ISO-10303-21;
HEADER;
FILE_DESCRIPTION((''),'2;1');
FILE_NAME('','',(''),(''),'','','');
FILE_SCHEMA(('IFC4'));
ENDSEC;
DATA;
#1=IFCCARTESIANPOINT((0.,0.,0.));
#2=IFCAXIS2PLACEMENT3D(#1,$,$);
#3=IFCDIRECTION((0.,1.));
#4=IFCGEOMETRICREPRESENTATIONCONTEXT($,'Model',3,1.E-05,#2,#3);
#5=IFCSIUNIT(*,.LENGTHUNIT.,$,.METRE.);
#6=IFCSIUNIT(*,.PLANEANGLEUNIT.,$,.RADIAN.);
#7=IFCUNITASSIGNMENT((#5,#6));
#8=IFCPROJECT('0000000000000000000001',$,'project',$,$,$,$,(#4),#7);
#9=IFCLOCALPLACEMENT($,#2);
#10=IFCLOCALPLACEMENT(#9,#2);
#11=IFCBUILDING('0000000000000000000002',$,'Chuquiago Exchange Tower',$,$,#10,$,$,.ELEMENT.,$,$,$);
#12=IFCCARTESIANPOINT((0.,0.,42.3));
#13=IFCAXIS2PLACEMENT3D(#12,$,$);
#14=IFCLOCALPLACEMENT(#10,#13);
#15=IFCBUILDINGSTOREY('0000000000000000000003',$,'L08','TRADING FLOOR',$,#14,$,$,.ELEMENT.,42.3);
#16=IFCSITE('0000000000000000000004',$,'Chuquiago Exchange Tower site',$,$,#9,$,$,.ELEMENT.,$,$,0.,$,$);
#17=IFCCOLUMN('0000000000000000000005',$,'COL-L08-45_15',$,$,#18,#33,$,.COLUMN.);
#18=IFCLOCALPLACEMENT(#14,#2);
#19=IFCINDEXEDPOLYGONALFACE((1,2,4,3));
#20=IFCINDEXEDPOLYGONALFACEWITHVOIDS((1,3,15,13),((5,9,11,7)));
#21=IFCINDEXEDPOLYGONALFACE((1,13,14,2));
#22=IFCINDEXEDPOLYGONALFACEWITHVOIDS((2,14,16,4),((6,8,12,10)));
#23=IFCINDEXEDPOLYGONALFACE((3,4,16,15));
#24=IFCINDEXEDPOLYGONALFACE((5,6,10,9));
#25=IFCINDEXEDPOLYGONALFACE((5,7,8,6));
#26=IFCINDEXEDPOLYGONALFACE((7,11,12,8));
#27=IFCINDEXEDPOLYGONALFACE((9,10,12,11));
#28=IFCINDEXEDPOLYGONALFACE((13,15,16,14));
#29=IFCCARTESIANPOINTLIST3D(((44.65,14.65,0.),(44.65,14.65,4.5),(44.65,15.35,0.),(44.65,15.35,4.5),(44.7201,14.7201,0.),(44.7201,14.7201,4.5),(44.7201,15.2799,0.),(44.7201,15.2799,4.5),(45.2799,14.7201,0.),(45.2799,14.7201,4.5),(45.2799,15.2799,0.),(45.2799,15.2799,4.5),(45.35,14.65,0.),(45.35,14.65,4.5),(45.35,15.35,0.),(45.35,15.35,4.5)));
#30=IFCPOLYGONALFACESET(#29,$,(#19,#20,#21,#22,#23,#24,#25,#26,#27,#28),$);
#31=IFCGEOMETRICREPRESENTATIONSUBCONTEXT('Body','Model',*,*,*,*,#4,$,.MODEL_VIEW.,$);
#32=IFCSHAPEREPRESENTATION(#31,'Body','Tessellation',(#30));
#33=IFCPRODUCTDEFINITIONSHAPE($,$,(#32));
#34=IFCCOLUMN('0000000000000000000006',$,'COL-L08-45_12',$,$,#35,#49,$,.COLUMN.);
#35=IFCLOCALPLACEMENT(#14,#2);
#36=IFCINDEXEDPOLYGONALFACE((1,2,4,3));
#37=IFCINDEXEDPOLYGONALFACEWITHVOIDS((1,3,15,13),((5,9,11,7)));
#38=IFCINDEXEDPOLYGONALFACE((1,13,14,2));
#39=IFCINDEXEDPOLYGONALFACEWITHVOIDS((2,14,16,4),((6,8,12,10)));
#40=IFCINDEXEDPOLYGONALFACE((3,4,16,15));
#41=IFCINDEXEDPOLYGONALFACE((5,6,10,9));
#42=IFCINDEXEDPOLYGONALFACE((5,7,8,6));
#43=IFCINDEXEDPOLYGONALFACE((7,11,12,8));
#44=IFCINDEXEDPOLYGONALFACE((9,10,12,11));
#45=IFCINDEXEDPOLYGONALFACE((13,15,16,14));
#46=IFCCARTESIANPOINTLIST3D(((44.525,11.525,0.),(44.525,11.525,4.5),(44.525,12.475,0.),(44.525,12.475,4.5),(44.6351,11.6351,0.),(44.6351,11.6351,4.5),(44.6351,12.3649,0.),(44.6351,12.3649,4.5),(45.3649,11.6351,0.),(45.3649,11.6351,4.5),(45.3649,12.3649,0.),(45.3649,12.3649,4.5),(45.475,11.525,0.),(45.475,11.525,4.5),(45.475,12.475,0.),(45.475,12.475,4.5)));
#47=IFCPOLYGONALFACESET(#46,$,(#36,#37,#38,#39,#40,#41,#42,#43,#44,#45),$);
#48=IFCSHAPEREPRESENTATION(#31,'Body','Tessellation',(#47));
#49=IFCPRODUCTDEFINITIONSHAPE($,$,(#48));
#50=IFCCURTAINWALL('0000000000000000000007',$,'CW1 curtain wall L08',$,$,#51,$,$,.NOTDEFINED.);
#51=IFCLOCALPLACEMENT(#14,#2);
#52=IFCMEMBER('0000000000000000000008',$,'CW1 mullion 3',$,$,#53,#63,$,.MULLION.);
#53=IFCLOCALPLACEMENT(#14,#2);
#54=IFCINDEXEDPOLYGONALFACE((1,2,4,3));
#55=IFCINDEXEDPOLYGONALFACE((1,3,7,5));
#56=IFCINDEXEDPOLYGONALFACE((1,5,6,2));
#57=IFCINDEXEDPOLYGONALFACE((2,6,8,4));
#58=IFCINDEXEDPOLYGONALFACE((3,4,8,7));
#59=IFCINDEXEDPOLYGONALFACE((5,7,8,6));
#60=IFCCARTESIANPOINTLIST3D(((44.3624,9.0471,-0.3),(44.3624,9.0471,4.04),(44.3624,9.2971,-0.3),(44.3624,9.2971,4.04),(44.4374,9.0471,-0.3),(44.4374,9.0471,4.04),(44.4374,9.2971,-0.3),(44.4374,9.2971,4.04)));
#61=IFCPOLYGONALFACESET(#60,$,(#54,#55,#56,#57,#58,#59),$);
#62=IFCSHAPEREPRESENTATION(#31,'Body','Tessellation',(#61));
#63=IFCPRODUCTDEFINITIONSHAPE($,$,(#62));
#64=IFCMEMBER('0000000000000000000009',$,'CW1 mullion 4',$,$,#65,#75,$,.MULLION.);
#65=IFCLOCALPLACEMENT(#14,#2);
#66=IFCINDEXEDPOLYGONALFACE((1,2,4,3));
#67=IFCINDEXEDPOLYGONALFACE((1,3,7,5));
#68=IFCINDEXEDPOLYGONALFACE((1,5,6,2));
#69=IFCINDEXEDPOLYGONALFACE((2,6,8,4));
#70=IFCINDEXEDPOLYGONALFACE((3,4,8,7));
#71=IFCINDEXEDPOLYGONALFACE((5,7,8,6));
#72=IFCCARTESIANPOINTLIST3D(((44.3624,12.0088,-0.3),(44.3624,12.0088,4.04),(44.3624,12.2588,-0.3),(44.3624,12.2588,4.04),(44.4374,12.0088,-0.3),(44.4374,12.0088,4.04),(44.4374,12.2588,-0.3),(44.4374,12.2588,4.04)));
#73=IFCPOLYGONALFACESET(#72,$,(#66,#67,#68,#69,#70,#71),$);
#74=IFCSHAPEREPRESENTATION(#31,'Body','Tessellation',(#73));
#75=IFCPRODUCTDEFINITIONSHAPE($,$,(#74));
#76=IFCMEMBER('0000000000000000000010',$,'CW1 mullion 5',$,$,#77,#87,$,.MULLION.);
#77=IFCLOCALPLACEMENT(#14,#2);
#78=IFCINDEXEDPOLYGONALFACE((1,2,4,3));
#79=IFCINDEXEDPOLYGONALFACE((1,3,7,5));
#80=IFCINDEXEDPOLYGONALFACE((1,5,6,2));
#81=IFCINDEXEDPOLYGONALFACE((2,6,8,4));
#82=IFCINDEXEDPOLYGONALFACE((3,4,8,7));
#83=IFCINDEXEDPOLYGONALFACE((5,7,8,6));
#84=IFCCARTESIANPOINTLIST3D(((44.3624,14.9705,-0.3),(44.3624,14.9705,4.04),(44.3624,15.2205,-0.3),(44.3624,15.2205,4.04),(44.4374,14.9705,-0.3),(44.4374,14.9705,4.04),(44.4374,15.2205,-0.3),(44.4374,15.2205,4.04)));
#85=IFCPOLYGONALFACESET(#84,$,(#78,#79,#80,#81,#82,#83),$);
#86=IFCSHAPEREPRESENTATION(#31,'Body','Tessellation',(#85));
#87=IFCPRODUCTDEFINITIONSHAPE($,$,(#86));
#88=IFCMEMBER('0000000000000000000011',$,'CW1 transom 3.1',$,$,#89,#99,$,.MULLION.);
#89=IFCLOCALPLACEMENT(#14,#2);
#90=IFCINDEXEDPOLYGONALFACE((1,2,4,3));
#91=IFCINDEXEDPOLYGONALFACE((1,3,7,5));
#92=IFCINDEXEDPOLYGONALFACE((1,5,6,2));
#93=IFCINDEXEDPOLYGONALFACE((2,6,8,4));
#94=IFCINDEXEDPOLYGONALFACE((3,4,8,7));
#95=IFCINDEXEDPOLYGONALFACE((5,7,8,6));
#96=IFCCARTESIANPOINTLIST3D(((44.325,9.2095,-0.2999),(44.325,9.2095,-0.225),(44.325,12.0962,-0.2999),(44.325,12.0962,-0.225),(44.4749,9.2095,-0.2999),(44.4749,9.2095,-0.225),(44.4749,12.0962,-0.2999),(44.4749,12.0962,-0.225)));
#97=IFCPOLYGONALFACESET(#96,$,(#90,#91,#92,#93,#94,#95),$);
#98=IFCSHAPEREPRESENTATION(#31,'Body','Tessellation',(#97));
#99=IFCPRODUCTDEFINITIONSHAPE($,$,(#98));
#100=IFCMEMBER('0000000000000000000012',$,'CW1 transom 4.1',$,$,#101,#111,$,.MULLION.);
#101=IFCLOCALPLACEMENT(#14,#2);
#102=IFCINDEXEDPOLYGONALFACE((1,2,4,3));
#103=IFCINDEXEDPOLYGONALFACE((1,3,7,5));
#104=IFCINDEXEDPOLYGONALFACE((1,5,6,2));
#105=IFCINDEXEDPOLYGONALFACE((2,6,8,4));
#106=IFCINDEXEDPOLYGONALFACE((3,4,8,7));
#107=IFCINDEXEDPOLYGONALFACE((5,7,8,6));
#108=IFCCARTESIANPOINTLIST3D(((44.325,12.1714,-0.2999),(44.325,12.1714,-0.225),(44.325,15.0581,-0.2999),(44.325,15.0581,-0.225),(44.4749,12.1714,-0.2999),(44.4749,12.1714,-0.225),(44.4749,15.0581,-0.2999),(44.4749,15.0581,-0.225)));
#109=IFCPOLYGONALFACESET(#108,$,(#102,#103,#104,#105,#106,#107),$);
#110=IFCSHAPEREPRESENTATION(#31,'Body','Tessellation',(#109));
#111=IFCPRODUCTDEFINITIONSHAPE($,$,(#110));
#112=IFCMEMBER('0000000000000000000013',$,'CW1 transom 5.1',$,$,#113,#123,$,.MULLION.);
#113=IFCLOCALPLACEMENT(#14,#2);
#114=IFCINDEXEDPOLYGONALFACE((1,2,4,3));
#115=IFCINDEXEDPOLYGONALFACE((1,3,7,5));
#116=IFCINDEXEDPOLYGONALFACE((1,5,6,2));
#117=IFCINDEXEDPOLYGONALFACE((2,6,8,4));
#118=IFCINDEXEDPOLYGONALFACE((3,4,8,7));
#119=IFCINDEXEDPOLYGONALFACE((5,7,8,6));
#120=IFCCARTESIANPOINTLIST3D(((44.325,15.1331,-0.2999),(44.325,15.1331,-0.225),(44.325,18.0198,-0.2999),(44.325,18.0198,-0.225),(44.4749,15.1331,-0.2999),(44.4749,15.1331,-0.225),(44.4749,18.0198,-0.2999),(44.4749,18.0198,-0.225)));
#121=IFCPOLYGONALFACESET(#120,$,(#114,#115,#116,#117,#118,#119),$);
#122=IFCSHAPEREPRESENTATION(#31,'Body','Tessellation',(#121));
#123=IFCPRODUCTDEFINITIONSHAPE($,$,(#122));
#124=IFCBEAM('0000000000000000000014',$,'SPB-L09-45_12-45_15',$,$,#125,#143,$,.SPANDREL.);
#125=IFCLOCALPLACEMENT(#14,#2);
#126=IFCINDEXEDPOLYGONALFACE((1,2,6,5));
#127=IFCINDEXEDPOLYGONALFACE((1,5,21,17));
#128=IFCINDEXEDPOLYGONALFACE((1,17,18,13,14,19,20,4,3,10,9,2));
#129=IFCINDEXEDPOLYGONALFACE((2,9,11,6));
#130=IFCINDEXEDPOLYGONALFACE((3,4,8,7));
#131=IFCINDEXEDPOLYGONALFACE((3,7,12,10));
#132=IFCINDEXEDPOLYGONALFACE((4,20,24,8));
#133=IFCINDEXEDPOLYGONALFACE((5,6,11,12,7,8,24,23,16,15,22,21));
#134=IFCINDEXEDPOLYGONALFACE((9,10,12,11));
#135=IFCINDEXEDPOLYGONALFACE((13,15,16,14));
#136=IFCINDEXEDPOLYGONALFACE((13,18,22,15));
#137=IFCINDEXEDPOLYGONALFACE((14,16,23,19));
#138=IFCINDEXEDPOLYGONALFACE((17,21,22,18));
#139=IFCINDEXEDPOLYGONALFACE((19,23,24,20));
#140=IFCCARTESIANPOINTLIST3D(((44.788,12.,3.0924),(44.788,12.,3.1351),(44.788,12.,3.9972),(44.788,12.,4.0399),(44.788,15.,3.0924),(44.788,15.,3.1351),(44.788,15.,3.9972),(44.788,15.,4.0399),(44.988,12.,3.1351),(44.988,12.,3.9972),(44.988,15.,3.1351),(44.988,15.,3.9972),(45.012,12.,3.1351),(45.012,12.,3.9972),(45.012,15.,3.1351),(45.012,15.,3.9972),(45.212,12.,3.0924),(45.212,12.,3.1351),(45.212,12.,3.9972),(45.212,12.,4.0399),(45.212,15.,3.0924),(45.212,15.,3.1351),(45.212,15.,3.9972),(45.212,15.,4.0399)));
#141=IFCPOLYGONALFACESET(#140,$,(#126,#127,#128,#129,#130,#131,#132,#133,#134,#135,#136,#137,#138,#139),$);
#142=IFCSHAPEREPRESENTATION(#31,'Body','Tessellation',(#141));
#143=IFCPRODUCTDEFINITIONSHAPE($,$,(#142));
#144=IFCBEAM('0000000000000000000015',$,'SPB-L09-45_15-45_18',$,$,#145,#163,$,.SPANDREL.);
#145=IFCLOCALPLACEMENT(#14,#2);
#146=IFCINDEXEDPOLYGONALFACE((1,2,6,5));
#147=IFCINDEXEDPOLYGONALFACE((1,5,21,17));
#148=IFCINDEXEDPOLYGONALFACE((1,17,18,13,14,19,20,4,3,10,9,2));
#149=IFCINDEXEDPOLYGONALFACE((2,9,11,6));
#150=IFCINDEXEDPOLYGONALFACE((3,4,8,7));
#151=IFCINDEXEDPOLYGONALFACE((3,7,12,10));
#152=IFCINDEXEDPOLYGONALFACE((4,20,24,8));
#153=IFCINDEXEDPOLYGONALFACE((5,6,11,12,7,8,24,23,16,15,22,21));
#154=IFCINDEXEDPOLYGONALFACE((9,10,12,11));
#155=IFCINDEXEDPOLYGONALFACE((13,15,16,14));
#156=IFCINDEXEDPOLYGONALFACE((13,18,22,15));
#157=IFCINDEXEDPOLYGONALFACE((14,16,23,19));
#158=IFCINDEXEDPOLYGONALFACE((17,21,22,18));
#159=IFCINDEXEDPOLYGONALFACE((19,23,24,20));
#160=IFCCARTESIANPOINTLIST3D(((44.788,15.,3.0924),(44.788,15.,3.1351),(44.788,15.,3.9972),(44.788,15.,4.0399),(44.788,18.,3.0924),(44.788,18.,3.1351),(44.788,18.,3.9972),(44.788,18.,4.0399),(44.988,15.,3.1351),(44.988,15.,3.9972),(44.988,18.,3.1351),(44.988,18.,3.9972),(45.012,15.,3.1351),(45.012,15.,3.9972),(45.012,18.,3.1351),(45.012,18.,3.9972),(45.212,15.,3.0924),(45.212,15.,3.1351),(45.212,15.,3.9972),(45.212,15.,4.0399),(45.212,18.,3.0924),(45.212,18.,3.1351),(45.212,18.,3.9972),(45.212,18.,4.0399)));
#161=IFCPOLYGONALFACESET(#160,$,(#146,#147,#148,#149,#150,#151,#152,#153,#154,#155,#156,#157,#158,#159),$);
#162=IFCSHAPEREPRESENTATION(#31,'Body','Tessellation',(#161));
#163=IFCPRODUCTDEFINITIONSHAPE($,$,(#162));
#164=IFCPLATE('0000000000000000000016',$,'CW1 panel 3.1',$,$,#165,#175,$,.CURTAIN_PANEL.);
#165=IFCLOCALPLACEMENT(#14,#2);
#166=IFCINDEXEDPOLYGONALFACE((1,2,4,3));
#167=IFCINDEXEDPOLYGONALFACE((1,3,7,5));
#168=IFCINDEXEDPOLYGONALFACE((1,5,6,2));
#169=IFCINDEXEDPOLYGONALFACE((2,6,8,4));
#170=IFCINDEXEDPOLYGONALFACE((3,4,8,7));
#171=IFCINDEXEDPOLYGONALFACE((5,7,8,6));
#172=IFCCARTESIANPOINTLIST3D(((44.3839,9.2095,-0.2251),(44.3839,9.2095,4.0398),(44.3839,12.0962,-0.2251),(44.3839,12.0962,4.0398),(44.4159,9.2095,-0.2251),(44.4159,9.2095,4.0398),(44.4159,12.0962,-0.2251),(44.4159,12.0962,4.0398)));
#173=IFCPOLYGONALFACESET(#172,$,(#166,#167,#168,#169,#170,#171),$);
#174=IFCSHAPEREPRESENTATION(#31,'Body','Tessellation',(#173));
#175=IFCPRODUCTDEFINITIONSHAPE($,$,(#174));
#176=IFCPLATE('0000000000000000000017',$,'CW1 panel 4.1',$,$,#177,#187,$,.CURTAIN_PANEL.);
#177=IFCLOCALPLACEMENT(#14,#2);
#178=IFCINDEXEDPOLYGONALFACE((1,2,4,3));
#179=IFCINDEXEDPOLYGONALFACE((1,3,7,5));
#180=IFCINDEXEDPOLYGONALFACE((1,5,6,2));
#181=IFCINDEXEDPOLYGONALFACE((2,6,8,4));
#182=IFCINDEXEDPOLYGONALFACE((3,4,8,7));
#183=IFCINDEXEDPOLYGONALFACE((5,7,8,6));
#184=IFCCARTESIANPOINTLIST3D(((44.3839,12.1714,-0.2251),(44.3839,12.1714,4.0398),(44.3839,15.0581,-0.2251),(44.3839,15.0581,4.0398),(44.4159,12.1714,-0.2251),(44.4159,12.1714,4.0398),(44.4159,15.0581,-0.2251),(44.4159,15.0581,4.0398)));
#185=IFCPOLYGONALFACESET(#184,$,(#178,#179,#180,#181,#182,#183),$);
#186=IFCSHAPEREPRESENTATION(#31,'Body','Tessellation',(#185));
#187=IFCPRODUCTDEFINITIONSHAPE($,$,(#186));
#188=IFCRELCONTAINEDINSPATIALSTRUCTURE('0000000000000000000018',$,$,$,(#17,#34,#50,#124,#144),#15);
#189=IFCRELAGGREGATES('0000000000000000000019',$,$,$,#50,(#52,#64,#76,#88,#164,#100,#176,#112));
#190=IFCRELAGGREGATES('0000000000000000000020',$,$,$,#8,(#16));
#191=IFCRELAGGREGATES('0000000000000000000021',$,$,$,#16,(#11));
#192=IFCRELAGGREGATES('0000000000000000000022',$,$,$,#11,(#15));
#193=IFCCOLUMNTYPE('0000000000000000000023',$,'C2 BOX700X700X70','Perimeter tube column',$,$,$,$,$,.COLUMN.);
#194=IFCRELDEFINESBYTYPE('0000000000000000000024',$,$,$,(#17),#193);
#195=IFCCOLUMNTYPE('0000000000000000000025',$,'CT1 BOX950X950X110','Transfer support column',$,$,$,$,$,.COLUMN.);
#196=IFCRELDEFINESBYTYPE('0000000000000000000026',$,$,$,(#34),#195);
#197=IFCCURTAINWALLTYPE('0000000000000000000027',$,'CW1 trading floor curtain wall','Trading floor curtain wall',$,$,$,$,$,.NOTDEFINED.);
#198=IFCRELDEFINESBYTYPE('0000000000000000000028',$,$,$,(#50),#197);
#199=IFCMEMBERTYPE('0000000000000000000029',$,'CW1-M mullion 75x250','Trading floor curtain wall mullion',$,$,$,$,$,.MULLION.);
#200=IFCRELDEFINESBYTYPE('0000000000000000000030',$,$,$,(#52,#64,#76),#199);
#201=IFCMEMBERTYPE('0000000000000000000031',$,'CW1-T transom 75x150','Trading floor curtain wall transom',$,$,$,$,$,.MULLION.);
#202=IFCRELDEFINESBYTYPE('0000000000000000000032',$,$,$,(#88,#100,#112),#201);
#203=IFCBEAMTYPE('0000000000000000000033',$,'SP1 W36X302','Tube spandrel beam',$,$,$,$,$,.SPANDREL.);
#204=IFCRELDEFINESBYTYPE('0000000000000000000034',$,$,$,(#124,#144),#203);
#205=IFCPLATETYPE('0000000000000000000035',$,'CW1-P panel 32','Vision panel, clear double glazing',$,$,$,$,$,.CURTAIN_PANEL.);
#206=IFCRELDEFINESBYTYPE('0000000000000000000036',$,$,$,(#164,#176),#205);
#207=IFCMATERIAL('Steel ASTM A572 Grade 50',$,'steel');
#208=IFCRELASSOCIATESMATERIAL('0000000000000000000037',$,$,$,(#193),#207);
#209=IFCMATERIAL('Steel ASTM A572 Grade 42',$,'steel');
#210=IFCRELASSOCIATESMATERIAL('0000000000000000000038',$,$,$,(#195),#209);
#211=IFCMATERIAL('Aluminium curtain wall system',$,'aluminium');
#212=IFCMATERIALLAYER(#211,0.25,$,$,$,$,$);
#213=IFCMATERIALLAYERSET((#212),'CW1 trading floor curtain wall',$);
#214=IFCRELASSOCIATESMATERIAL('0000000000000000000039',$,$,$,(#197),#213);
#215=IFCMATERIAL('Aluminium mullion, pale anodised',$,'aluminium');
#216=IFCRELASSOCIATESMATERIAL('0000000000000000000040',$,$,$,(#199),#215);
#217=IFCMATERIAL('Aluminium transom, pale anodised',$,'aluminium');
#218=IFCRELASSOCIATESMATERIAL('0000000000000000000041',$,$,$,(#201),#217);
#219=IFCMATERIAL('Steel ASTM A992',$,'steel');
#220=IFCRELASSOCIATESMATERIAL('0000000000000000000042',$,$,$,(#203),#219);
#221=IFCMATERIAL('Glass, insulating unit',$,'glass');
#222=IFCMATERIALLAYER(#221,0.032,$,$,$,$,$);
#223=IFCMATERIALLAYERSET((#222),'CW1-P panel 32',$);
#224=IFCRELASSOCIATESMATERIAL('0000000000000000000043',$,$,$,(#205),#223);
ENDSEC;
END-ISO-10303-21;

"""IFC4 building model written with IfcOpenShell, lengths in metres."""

from ifc_helpers import new_model, si_unit, direction, frame, origin, origin_2d, place, context, subcontext, project, spatial, rectangle, hollow_rectangle, i_section, extrude, material, layer, layer_set, material_profile, profile_set, type_object, element, aggregate, save


model = new_model("IFC4")

# Units and contexts
model_context = context("Model", 3, precision=1e-05, world=origin(), true_north=direction((0.0, 1.0)))
body_context = subcontext(model_context, "Body", "Model", "MODEL_VIEW")
ifc_project = project(units=[si_unit("LENGTHUNIT", "METRE"), si_unit("PLANEANGLEUNIT", "RADIAN")], contexts=[model_context])

# Site, building, storey
site_placement = place(None, origin())
site = spatial("IfcSite", under=ifc_project, at=site_placement, Name="Chuquiago Exchange Tower site", CompositionType="ELEMENT", RefElevation=0.0)
building_placement = place(site_placement, origin())
building = spatial("IfcBuilding", under=site, at=building_placement, Name="Chuquiago Exchange Tower", CompositionType="ELEMENT")
storey_placement = place(building_placement, frame((0.0, 0.0, 42.3)))
storey = spatial("IfcBuildingStorey", under=building, at=storey_placement, Name="L08", Description="TRADING FLOOR", CompositionType="ELEMENT", Elevation=42.3)

# Columns
ifc_material_1 = material(Name="Steel ASTM A572 Grade 50", Category="steel")
ifc_material_profile_1 = material_profile(ifc_material_1, hollow_rectangle(XDim=0.7, YDim=0.7, WallThickness=0.0701, at=origin_2d()), Name="BOX700X700X70")
ifc_profile_set_1 = profile_set([ifc_material_profile_1], Name="Steel ASTM A572 Grade 50")
column_type_1 = type_object("IfcColumnType", Name="C2 BOX700X700X70", Description="Perimeter tube column", PredefinedType="COLUMN", material=ifc_profile_set_1)
column_1_placement = place(storey_placement, frame((45.0, 15.0, 0.0), z_axis=(0.0, 0.0, 1.0), x_axis=(1.0, 0.0, 0.0)))
element("IfcColumn", 1, at=column_1_placement, inside=storey, type_object=column_type_1, Name="COL-L08-45_15", PredefinedType="COLUMN", context=body_context, shape_type="SweptSolid", body=[
    extrude(hollow_rectangle(XDim=0.7, YDim=0.7, WallThickness=0.0701, at=origin_2d()), origin(), (0.0, 0.0, 1.0), 4.5),
])
ifc_material_2 = material(Name="Steel ASTM A572 Grade 42", Category="steel")
ifc_material_profile_2 = material_profile(ifc_material_2, hollow_rectangle(XDim=0.95, YDim=0.95, WallThickness=0.1101, at=origin_2d()), Name="BOX950X950X110")
ifc_profile_set_2 = profile_set([ifc_material_profile_2], Name="Steel ASTM A572 Grade 42")
column_type_2 = type_object("IfcColumnType", Name="CT1 BOX950X950X110", Description="Transfer support column", PredefinedType="COLUMN", material=ifc_profile_set_2)
column_2_placement = place(storey_placement, frame((45.0, 12.0, 0.0), z_axis=(0.0, 0.0, 1.0), x_axis=(1.0, 0.0, 0.0)))
element("IfcColumn", 2, at=column_2_placement, inside=storey, type_object=column_type_2, Name="COL-L08-45_12", PredefinedType="COLUMN", context=body_context, shape_type="SweptSolid", body=[
    extrude(hollow_rectangle(XDim=0.95, YDim=0.95, WallThickness=0.1101, at=origin_2d()), origin(), (0.0, 0.0, 1.0), 4.5),
])

# Curtain wall, members
ifc_material_3 = material(Name="Aluminium curtain wall system", Category="aluminium")
ifc_layer_1 = layer(ifc_material_3, 0.25)
ifc_layer_set_1 = layer_set([ifc_layer_1], Name="CW1 trading floor curtain wall")
curtain_wall_type = type_object("IfcCurtainWallType", Name="CW1 trading floor curtain wall", Description="Trading floor curtain wall", PredefinedType="NOTDEFINED", material=ifc_layer_set_1)
curtain_wall_placement = place(storey_placement, origin())
curtain_wall = element("IfcCurtainWall", 3, at=curtain_wall_placement, inside=storey, type_object=curtain_wall_type, Name="CW1 curtain wall L08", PredefinedType="NOTDEFINED")
ifc_material_4 = material(Name="Aluminium mullion, pale anodised", Category="aluminium")
ifc_material_profile_3 = material_profile(ifc_material_4, rectangle(XDim=0.075, YDim=0.25, at=origin_2d()), Name="AL 75x250")
ifc_profile_set_3 = profile_set([ifc_material_profile_3], Name="Aluminium mullion, pale anodised")
member_type_1 = type_object("IfcMemberType", Name="CW1-M mullion 75x250", Description="Trading floor curtain wall mullion", PredefinedType="MULLION", material=ifc_profile_set_3)
member_1_placement = place(storey_placement, frame((44.3999, 9.1721, -0.3), z_axis=(0.0, 0.0, 1.0), x_axis=(-1.0, 0.0, 0.0)))
member_1 = element("IfcMember", 4, at=member_1_placement, type_object=member_type_1, Name="CW1 mullion 3", PredefinedType="MULLION", context=body_context, shape_type="SweptSolid", body=[
    extrude(rectangle(XDim=0.075, YDim=0.25, at=origin_2d()), origin(), (0.0, 0.0, 1.0), 4.3401),
])
member_2_placement = place(storey_placement, frame((44.3999, 12.1338, -0.3), z_axis=(0.0, 0.0, 1.0), x_axis=(-1.0, 0.0, 0.0)))
member_2 = element("IfcMember", 5, at=member_2_placement, type_object=member_type_1, Name="CW1 mullion 4", PredefinedType="MULLION", context=body_context, shape_type="SweptSolid", body=[
    extrude(rectangle(XDim=0.075, YDim=0.25, at=origin_2d()), origin(), (0.0, 0.0, 1.0), 4.3401),
])
member_3_placement = place(storey_placement, frame((44.3999, 15.0955, -0.3), z_axis=(0.0, 0.0, 1.0), x_axis=(-1.0, 0.0, 0.0)))
member_3 = element("IfcMember", 6, at=member_3_placement, type_object=member_type_1, Name="CW1 mullion 5", PredefinedType="MULLION", context=body_context, shape_type="SweptSolid", body=[
    extrude(rectangle(XDim=0.075, YDim=0.25, at=origin_2d()), origin(), (0.0, 0.0, 1.0), 4.3401),
])
ifc_material_5 = material(Name="Aluminium transom, pale anodised", Category="aluminium")
ifc_material_profile_4 = material_profile(ifc_material_5, rectangle(XDim=0.1499, YDim=0.075, at=origin_2d()), Name="AL 150x75")
ifc_profile_set_4 = profile_set([ifc_material_profile_4], Name="Aluminium transom, pale anodised")
member_type_2 = type_object("IfcMemberType", Name="CW1-T transom 75x150", Description="Trading floor curtain wall transom", PredefinedType="MULLION", material=ifc_profile_set_4)
member_4_placement = place(storey_placement, frame((44.3999, 9.2095, -0.2625), z_axis=(0.0, 1.0, 0.0), x_axis=(-1.0, 0.0, 0.0)))
member_4 = element("IfcMember", 7, at=member_4_placement, type_object=member_type_2, Name="CW1 transom 3.1", PredefinedType="MULLION", context=body_context, shape_type="SweptSolid", body=[
    extrude(rectangle(XDim=0.1499, YDim=0.075, at=origin_2d()), origin(), (0.0, 0.0, 1.0), 2.8867),
])
member_5_placement = place(storey_placement, frame((44.3999, 12.1714, -0.2625), z_axis=(0.0, 1.0, 0.0), x_axis=(-1.0, 0.0, 0.0)))
member_5 = element("IfcMember", 8, at=member_5_placement, type_object=member_type_2, Name="CW1 transom 4.1", PredefinedType="MULLION", context=body_context, shape_type="SweptSolid", body=[
    extrude(rectangle(XDim=0.1499, YDim=0.075, at=origin_2d()), origin(), (0.0, 0.0, 1.0), 2.8867),
])
member_6_placement = place(storey_placement, frame((44.3999, 15.1331, -0.2625), z_axis=(0.0, 1.0, 0.0), x_axis=(-1.0, 0.0, 0.0)))
member_6 = element("IfcMember", 9, at=member_6_placement, type_object=member_type_2, Name="CW1 transom 5.1", PredefinedType="MULLION", context=body_context, shape_type="SweptSolid", body=[
    extrude(rectangle(XDim=0.1499, YDim=0.075, at=origin_2d()), origin(), (0.0, 0.0, 1.0), 2.8867),
])

# Beams
ifc_material_6 = material(Name="Steel ASTM A992", Category="steel")
ifc_material_profile_5 = material_profile(ifc_material_6, i_section(OverallWidth=0.4241, OverallDepth=0.9475, WebThickness=0.0239, FlangeThickness=0.0427, at=origin_2d()), Name="W36X302")
ifc_profile_set_5 = profile_set([ifc_material_profile_5], Name="Steel ASTM A992")
beam_type = type_object("IfcBeamType", Name="SP1 W36X302", Description="Tube spandrel beam", PredefinedType="SPANDREL", material=ifc_profile_set_5)
for number, where, z_axis, x_axis, name in (
    (10, (45.0, 12.0, 3.5662), (0.0, 1.0, 0.0), (-1.0, 0.0, 0.0), "SPB-L09-45_12-45_15"),
    (11, (45.0, 15.0, 3.5662), (0.0, 1.0, 0.0), (-1.0, 0.0, 0.0), "SPB-L09-45_15-45_18"),
):
    element("IfcBeam", number, at=place(storey_placement, frame(where, z_axis=z_axis, x_axis=x_axis)), inside=storey, type_object=beam_type, Name=name, PredefinedType="SPANDREL", context=body_context, shape_type="SweptSolid", body=[
        extrude(i_section(OverallWidth=0.4241, OverallDepth=0.9475, WebThickness=0.0239, FlangeThickness=0.0427, at=origin_2d()), origin(), (0.0, 0.0, 1.0), 3.0),
    ])

# Plates
ifc_material_7 = material(Name="Glass, insulating unit", Category="glass")
ifc_layer_2 = layer(ifc_material_7, 0.032)
ifc_layer_set_2 = layer_set([ifc_layer_2], Name="CW1-P panel 32")
plate_type = type_object("IfcPlateType", Name="CW1-P panel 32", Description="Vision panel, clear double glazing", PredefinedType="CURTAIN_PANEL", material=ifc_layer_set_2)
plate_1_placement = place(storey_placement, frame((44.3999, 10.6528, -0.2251), z_axis=(0.0, 0.0, 1.0), x_axis=(0.0, 1.0, 0.0)))
plate_1 = element("IfcPlate", 12, at=plate_1_placement, type_object=plate_type, Name="CW1 panel 3.1", PredefinedType="CURTAIN_PANEL", context=body_context, shape_type="SweptSolid", body=[
    extrude(rectangle(XDim=2.8867, YDim=0.032, at=origin_2d()), origin(), (0.0, 0.0, 1.0), 4.2649),
])
plate_2_placement = place(storey_placement, frame((44.3999, 13.6147, -0.2251), z_axis=(0.0, 0.0, 1.0), x_axis=(0.0, 1.0, 0.0)))
plate_2 = element("IfcPlate", 13, at=plate_2_placement, type_object=plate_type, Name="CW1 panel 4.1", PredefinedType="CURTAIN_PANEL", context=body_context, shape_type="SweptSolid", body=[
    extrude(rectangle(XDim=2.8867, YDim=0.032, at=origin_2d()), origin(), (0.0, 0.0, 1.0), 4.2649),
])
aggregate(curtain_wall, [member_1, member_2, member_3, member_4, plate_1, member_5, plate_2, member_6])

save(model, "model.ifc")
